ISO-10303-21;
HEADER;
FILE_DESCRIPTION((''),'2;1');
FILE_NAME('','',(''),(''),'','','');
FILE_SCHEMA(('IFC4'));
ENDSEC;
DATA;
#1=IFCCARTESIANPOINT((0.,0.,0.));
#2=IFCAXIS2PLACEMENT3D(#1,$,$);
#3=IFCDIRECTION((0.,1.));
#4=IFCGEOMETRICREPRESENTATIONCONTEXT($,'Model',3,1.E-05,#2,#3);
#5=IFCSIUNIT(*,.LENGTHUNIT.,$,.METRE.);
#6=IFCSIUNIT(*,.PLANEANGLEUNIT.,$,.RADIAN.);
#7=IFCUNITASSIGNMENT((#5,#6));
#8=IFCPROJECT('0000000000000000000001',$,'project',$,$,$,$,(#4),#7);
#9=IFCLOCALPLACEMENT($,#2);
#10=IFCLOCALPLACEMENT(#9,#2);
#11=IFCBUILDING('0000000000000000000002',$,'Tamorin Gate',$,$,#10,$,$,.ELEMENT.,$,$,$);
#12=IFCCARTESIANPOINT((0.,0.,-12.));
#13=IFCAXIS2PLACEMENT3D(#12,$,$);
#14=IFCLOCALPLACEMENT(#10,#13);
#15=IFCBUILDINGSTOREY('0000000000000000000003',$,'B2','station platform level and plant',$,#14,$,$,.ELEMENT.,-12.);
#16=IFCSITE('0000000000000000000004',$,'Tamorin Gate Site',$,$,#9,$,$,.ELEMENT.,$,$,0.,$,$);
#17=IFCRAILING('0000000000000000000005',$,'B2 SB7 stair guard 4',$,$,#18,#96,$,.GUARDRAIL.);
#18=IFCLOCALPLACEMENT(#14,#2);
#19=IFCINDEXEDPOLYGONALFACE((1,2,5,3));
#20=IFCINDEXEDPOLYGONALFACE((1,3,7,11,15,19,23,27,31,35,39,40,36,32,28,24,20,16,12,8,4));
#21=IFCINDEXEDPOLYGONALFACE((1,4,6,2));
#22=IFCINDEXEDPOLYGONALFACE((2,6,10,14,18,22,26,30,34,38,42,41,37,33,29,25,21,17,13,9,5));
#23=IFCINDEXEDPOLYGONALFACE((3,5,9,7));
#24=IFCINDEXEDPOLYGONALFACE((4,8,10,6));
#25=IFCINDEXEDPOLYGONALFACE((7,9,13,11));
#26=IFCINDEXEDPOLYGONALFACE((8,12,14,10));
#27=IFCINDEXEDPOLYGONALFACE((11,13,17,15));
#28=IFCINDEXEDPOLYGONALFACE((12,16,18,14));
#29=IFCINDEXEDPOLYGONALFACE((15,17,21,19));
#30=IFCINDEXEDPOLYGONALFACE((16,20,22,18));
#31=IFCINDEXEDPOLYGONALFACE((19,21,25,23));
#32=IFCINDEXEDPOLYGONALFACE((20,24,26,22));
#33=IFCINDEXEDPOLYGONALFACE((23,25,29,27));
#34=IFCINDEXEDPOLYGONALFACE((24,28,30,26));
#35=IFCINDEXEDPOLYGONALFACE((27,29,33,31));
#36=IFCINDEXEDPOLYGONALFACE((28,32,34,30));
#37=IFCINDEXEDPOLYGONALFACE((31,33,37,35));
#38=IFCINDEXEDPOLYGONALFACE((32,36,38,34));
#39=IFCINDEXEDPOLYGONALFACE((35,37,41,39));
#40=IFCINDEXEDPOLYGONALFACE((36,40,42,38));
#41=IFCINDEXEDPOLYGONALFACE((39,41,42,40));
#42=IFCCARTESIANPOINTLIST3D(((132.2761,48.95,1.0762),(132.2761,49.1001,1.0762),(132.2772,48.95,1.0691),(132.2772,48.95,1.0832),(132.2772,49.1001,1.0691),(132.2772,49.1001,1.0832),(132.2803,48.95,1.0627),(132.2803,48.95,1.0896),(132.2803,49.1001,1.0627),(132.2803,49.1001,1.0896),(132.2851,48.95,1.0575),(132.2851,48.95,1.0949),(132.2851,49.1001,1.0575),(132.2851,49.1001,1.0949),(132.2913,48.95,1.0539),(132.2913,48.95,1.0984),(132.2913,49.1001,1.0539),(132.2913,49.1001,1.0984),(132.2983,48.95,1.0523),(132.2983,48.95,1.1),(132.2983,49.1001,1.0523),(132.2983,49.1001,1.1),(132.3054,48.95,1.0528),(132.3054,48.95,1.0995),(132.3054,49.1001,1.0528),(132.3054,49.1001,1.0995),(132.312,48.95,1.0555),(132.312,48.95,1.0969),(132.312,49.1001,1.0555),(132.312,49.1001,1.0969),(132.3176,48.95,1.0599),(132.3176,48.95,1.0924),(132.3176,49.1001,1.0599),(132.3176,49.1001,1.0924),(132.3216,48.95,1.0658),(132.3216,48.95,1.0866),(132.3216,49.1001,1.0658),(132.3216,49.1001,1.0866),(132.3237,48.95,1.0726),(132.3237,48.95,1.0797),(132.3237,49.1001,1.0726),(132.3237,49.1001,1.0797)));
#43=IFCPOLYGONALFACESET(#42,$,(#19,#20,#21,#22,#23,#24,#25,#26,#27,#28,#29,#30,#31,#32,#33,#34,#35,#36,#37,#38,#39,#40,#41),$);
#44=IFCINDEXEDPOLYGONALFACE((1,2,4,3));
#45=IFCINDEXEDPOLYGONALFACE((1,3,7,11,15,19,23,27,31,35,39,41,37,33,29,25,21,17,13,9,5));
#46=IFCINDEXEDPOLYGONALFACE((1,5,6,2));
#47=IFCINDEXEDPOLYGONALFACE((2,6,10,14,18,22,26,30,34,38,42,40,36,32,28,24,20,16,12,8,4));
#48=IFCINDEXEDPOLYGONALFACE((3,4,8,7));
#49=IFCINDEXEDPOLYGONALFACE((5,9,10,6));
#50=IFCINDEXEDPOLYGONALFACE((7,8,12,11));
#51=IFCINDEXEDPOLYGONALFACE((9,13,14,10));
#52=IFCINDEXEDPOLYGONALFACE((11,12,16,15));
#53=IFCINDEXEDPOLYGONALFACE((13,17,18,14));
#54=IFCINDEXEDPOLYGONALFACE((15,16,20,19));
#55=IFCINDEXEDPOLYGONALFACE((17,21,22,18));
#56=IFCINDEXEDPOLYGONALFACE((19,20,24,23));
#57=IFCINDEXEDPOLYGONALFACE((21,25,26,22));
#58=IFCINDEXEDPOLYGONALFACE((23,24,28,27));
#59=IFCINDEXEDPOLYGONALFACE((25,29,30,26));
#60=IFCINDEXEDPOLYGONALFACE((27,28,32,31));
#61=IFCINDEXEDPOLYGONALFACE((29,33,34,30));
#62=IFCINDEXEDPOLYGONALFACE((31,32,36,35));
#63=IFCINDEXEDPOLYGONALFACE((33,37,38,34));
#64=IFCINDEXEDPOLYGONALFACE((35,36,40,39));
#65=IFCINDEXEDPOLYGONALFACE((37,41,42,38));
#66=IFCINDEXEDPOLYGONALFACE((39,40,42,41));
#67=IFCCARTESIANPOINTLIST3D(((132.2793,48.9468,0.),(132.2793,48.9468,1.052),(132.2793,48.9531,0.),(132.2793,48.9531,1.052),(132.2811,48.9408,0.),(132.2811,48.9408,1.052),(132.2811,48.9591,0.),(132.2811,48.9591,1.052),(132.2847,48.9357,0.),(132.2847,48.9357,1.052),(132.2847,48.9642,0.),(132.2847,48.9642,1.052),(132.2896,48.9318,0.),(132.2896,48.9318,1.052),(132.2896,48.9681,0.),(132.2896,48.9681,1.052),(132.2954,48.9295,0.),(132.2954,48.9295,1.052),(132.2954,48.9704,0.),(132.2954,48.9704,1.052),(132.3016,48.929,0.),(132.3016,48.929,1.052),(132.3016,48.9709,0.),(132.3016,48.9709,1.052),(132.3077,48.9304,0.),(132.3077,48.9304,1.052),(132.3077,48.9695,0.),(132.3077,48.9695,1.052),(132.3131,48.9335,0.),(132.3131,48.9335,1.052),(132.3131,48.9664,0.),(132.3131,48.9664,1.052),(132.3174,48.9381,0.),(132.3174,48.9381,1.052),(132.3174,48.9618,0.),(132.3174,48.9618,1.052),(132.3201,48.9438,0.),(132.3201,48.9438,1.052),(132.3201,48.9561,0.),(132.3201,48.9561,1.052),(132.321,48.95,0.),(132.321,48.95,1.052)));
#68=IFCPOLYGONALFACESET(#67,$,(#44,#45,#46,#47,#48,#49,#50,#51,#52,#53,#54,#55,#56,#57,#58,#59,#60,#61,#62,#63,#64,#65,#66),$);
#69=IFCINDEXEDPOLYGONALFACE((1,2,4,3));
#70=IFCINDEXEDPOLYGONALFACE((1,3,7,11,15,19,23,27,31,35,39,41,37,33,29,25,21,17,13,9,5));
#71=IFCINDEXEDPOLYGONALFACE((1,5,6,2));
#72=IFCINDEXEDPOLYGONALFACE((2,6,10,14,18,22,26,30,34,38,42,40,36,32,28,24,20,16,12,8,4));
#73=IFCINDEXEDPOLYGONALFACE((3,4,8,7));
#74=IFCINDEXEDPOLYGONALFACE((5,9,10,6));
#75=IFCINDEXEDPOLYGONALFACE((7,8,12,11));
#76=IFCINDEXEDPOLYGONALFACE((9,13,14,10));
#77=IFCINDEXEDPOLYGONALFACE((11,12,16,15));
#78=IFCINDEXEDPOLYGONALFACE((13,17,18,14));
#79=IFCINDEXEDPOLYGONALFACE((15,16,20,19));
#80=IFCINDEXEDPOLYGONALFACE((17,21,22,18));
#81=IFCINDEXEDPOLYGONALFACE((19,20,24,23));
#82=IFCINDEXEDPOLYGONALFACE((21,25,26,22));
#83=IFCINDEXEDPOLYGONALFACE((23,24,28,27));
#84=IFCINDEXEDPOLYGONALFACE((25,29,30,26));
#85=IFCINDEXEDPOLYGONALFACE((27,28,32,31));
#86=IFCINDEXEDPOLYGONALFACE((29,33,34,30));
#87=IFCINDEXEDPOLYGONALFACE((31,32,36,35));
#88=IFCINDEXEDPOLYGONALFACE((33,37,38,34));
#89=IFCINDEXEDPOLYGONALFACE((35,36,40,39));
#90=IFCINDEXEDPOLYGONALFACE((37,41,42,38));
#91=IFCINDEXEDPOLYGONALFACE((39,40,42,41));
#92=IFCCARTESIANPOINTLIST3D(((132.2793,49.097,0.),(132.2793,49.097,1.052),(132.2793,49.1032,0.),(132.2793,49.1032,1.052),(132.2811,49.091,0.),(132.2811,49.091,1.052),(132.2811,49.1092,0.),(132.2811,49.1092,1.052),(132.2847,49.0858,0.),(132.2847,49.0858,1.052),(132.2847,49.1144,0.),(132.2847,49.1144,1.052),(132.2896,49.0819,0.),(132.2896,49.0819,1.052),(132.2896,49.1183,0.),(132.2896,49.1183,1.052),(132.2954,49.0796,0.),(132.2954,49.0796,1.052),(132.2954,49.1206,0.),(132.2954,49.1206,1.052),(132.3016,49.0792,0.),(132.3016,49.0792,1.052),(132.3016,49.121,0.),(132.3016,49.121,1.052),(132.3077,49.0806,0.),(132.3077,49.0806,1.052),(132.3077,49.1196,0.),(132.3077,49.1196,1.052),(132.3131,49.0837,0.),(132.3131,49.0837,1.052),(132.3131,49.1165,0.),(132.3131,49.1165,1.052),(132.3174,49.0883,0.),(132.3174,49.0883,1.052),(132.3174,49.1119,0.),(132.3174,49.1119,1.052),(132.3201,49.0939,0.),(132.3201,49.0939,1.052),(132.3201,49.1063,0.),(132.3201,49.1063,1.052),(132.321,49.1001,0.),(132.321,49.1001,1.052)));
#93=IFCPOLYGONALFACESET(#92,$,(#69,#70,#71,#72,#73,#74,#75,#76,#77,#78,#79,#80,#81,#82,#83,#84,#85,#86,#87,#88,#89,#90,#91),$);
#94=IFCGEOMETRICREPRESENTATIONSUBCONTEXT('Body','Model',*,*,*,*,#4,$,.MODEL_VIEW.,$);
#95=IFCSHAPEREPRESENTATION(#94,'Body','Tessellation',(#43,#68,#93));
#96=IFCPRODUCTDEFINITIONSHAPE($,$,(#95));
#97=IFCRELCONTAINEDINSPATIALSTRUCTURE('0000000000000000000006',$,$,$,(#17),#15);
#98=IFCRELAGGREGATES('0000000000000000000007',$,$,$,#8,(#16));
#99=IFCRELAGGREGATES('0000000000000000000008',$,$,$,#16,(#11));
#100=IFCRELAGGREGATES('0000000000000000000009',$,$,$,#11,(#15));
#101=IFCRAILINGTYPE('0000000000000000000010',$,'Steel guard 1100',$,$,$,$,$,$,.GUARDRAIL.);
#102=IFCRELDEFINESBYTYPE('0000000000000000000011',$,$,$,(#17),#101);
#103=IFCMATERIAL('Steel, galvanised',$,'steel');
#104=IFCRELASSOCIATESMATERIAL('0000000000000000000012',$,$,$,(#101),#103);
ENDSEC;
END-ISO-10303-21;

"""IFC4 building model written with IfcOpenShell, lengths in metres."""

from ifc_helpers import new_model, si_unit, direction, frame, origin, origin_2d, place, context, subcontext, project, spatial, circle, extrude, material, type_object, element, save


model = new_model("IFC4")

# Units and contexts
model_context = context("Model", 3, precision=1e-05, world=origin(), true_north=direction((0.0, 1.0)))
body_context = subcontext(model_context, "Body", "Model", "MODEL_VIEW")
ifc_project = project(units=[si_unit("LENGTHUNIT", "METRE"), si_unit("PLANEANGLEUNIT", "RADIAN")], contexts=[model_context])

# Site, building, storey
site_placement = place(None, origin())
site = spatial("IfcSite", under=ifc_project, at=site_placement, Name="Tamorin Gate Site", CompositionType="ELEMENT", RefElevation=0.0)
building_placement = place(site_placement, origin())
building = spatial("IfcBuilding", under=site, at=building_placement, Name="Tamorin Gate", CompositionType="ELEMENT")
storey_placement = place(building_placement, frame((0.0, 0.0, -12.0)))
storey = spatial("IfcBuildingStorey", under=building, at=storey_placement, Name="B2", Description="station platform level and plant", CompositionType="ELEMENT", Elevation=-12.0)

# Railing
ifc_material_1 = material(Name="Steel, galvanised", Category="steel")
railing_type_1 = type_object("IfcRailingType", Name="Steel guard 1100", PredefinedType="GUARDRAIL", material=ifc_material_1)
railing_1_placement = place(storey_placement, frame((132.3, 48.95, 0.0)))
element("IfcRailing", 1, at=railing_1_placement, inside=storey, type_object=railing_type_1, Name="B2 SB7 stair guard 4", PredefinedType="GUARDRAIL", context=body_context, shape_type="SweptSolid", body=[
    extrude(circle(Radius=0.0239, at=origin_2d()), frame((0.0, 0.0, 1.0762), z_axis=(0.0, 1.0, 0.0), x_axis=(-1.0, 0.0, 0.0)), (0.0, 0.0, 1.0), 0.1501),
    extrude(circle(Radius=0.021, at=origin_2d()), origin(), (0.0, 0.0, 1.0), 1.052),
    extrude(circle(Radius=0.021, at=origin_2d()), frame((0.0, 0.1501, 0.0)), (0.0, 0.0, 1.0), 1.052),
])

save(model, "model.ifc")
